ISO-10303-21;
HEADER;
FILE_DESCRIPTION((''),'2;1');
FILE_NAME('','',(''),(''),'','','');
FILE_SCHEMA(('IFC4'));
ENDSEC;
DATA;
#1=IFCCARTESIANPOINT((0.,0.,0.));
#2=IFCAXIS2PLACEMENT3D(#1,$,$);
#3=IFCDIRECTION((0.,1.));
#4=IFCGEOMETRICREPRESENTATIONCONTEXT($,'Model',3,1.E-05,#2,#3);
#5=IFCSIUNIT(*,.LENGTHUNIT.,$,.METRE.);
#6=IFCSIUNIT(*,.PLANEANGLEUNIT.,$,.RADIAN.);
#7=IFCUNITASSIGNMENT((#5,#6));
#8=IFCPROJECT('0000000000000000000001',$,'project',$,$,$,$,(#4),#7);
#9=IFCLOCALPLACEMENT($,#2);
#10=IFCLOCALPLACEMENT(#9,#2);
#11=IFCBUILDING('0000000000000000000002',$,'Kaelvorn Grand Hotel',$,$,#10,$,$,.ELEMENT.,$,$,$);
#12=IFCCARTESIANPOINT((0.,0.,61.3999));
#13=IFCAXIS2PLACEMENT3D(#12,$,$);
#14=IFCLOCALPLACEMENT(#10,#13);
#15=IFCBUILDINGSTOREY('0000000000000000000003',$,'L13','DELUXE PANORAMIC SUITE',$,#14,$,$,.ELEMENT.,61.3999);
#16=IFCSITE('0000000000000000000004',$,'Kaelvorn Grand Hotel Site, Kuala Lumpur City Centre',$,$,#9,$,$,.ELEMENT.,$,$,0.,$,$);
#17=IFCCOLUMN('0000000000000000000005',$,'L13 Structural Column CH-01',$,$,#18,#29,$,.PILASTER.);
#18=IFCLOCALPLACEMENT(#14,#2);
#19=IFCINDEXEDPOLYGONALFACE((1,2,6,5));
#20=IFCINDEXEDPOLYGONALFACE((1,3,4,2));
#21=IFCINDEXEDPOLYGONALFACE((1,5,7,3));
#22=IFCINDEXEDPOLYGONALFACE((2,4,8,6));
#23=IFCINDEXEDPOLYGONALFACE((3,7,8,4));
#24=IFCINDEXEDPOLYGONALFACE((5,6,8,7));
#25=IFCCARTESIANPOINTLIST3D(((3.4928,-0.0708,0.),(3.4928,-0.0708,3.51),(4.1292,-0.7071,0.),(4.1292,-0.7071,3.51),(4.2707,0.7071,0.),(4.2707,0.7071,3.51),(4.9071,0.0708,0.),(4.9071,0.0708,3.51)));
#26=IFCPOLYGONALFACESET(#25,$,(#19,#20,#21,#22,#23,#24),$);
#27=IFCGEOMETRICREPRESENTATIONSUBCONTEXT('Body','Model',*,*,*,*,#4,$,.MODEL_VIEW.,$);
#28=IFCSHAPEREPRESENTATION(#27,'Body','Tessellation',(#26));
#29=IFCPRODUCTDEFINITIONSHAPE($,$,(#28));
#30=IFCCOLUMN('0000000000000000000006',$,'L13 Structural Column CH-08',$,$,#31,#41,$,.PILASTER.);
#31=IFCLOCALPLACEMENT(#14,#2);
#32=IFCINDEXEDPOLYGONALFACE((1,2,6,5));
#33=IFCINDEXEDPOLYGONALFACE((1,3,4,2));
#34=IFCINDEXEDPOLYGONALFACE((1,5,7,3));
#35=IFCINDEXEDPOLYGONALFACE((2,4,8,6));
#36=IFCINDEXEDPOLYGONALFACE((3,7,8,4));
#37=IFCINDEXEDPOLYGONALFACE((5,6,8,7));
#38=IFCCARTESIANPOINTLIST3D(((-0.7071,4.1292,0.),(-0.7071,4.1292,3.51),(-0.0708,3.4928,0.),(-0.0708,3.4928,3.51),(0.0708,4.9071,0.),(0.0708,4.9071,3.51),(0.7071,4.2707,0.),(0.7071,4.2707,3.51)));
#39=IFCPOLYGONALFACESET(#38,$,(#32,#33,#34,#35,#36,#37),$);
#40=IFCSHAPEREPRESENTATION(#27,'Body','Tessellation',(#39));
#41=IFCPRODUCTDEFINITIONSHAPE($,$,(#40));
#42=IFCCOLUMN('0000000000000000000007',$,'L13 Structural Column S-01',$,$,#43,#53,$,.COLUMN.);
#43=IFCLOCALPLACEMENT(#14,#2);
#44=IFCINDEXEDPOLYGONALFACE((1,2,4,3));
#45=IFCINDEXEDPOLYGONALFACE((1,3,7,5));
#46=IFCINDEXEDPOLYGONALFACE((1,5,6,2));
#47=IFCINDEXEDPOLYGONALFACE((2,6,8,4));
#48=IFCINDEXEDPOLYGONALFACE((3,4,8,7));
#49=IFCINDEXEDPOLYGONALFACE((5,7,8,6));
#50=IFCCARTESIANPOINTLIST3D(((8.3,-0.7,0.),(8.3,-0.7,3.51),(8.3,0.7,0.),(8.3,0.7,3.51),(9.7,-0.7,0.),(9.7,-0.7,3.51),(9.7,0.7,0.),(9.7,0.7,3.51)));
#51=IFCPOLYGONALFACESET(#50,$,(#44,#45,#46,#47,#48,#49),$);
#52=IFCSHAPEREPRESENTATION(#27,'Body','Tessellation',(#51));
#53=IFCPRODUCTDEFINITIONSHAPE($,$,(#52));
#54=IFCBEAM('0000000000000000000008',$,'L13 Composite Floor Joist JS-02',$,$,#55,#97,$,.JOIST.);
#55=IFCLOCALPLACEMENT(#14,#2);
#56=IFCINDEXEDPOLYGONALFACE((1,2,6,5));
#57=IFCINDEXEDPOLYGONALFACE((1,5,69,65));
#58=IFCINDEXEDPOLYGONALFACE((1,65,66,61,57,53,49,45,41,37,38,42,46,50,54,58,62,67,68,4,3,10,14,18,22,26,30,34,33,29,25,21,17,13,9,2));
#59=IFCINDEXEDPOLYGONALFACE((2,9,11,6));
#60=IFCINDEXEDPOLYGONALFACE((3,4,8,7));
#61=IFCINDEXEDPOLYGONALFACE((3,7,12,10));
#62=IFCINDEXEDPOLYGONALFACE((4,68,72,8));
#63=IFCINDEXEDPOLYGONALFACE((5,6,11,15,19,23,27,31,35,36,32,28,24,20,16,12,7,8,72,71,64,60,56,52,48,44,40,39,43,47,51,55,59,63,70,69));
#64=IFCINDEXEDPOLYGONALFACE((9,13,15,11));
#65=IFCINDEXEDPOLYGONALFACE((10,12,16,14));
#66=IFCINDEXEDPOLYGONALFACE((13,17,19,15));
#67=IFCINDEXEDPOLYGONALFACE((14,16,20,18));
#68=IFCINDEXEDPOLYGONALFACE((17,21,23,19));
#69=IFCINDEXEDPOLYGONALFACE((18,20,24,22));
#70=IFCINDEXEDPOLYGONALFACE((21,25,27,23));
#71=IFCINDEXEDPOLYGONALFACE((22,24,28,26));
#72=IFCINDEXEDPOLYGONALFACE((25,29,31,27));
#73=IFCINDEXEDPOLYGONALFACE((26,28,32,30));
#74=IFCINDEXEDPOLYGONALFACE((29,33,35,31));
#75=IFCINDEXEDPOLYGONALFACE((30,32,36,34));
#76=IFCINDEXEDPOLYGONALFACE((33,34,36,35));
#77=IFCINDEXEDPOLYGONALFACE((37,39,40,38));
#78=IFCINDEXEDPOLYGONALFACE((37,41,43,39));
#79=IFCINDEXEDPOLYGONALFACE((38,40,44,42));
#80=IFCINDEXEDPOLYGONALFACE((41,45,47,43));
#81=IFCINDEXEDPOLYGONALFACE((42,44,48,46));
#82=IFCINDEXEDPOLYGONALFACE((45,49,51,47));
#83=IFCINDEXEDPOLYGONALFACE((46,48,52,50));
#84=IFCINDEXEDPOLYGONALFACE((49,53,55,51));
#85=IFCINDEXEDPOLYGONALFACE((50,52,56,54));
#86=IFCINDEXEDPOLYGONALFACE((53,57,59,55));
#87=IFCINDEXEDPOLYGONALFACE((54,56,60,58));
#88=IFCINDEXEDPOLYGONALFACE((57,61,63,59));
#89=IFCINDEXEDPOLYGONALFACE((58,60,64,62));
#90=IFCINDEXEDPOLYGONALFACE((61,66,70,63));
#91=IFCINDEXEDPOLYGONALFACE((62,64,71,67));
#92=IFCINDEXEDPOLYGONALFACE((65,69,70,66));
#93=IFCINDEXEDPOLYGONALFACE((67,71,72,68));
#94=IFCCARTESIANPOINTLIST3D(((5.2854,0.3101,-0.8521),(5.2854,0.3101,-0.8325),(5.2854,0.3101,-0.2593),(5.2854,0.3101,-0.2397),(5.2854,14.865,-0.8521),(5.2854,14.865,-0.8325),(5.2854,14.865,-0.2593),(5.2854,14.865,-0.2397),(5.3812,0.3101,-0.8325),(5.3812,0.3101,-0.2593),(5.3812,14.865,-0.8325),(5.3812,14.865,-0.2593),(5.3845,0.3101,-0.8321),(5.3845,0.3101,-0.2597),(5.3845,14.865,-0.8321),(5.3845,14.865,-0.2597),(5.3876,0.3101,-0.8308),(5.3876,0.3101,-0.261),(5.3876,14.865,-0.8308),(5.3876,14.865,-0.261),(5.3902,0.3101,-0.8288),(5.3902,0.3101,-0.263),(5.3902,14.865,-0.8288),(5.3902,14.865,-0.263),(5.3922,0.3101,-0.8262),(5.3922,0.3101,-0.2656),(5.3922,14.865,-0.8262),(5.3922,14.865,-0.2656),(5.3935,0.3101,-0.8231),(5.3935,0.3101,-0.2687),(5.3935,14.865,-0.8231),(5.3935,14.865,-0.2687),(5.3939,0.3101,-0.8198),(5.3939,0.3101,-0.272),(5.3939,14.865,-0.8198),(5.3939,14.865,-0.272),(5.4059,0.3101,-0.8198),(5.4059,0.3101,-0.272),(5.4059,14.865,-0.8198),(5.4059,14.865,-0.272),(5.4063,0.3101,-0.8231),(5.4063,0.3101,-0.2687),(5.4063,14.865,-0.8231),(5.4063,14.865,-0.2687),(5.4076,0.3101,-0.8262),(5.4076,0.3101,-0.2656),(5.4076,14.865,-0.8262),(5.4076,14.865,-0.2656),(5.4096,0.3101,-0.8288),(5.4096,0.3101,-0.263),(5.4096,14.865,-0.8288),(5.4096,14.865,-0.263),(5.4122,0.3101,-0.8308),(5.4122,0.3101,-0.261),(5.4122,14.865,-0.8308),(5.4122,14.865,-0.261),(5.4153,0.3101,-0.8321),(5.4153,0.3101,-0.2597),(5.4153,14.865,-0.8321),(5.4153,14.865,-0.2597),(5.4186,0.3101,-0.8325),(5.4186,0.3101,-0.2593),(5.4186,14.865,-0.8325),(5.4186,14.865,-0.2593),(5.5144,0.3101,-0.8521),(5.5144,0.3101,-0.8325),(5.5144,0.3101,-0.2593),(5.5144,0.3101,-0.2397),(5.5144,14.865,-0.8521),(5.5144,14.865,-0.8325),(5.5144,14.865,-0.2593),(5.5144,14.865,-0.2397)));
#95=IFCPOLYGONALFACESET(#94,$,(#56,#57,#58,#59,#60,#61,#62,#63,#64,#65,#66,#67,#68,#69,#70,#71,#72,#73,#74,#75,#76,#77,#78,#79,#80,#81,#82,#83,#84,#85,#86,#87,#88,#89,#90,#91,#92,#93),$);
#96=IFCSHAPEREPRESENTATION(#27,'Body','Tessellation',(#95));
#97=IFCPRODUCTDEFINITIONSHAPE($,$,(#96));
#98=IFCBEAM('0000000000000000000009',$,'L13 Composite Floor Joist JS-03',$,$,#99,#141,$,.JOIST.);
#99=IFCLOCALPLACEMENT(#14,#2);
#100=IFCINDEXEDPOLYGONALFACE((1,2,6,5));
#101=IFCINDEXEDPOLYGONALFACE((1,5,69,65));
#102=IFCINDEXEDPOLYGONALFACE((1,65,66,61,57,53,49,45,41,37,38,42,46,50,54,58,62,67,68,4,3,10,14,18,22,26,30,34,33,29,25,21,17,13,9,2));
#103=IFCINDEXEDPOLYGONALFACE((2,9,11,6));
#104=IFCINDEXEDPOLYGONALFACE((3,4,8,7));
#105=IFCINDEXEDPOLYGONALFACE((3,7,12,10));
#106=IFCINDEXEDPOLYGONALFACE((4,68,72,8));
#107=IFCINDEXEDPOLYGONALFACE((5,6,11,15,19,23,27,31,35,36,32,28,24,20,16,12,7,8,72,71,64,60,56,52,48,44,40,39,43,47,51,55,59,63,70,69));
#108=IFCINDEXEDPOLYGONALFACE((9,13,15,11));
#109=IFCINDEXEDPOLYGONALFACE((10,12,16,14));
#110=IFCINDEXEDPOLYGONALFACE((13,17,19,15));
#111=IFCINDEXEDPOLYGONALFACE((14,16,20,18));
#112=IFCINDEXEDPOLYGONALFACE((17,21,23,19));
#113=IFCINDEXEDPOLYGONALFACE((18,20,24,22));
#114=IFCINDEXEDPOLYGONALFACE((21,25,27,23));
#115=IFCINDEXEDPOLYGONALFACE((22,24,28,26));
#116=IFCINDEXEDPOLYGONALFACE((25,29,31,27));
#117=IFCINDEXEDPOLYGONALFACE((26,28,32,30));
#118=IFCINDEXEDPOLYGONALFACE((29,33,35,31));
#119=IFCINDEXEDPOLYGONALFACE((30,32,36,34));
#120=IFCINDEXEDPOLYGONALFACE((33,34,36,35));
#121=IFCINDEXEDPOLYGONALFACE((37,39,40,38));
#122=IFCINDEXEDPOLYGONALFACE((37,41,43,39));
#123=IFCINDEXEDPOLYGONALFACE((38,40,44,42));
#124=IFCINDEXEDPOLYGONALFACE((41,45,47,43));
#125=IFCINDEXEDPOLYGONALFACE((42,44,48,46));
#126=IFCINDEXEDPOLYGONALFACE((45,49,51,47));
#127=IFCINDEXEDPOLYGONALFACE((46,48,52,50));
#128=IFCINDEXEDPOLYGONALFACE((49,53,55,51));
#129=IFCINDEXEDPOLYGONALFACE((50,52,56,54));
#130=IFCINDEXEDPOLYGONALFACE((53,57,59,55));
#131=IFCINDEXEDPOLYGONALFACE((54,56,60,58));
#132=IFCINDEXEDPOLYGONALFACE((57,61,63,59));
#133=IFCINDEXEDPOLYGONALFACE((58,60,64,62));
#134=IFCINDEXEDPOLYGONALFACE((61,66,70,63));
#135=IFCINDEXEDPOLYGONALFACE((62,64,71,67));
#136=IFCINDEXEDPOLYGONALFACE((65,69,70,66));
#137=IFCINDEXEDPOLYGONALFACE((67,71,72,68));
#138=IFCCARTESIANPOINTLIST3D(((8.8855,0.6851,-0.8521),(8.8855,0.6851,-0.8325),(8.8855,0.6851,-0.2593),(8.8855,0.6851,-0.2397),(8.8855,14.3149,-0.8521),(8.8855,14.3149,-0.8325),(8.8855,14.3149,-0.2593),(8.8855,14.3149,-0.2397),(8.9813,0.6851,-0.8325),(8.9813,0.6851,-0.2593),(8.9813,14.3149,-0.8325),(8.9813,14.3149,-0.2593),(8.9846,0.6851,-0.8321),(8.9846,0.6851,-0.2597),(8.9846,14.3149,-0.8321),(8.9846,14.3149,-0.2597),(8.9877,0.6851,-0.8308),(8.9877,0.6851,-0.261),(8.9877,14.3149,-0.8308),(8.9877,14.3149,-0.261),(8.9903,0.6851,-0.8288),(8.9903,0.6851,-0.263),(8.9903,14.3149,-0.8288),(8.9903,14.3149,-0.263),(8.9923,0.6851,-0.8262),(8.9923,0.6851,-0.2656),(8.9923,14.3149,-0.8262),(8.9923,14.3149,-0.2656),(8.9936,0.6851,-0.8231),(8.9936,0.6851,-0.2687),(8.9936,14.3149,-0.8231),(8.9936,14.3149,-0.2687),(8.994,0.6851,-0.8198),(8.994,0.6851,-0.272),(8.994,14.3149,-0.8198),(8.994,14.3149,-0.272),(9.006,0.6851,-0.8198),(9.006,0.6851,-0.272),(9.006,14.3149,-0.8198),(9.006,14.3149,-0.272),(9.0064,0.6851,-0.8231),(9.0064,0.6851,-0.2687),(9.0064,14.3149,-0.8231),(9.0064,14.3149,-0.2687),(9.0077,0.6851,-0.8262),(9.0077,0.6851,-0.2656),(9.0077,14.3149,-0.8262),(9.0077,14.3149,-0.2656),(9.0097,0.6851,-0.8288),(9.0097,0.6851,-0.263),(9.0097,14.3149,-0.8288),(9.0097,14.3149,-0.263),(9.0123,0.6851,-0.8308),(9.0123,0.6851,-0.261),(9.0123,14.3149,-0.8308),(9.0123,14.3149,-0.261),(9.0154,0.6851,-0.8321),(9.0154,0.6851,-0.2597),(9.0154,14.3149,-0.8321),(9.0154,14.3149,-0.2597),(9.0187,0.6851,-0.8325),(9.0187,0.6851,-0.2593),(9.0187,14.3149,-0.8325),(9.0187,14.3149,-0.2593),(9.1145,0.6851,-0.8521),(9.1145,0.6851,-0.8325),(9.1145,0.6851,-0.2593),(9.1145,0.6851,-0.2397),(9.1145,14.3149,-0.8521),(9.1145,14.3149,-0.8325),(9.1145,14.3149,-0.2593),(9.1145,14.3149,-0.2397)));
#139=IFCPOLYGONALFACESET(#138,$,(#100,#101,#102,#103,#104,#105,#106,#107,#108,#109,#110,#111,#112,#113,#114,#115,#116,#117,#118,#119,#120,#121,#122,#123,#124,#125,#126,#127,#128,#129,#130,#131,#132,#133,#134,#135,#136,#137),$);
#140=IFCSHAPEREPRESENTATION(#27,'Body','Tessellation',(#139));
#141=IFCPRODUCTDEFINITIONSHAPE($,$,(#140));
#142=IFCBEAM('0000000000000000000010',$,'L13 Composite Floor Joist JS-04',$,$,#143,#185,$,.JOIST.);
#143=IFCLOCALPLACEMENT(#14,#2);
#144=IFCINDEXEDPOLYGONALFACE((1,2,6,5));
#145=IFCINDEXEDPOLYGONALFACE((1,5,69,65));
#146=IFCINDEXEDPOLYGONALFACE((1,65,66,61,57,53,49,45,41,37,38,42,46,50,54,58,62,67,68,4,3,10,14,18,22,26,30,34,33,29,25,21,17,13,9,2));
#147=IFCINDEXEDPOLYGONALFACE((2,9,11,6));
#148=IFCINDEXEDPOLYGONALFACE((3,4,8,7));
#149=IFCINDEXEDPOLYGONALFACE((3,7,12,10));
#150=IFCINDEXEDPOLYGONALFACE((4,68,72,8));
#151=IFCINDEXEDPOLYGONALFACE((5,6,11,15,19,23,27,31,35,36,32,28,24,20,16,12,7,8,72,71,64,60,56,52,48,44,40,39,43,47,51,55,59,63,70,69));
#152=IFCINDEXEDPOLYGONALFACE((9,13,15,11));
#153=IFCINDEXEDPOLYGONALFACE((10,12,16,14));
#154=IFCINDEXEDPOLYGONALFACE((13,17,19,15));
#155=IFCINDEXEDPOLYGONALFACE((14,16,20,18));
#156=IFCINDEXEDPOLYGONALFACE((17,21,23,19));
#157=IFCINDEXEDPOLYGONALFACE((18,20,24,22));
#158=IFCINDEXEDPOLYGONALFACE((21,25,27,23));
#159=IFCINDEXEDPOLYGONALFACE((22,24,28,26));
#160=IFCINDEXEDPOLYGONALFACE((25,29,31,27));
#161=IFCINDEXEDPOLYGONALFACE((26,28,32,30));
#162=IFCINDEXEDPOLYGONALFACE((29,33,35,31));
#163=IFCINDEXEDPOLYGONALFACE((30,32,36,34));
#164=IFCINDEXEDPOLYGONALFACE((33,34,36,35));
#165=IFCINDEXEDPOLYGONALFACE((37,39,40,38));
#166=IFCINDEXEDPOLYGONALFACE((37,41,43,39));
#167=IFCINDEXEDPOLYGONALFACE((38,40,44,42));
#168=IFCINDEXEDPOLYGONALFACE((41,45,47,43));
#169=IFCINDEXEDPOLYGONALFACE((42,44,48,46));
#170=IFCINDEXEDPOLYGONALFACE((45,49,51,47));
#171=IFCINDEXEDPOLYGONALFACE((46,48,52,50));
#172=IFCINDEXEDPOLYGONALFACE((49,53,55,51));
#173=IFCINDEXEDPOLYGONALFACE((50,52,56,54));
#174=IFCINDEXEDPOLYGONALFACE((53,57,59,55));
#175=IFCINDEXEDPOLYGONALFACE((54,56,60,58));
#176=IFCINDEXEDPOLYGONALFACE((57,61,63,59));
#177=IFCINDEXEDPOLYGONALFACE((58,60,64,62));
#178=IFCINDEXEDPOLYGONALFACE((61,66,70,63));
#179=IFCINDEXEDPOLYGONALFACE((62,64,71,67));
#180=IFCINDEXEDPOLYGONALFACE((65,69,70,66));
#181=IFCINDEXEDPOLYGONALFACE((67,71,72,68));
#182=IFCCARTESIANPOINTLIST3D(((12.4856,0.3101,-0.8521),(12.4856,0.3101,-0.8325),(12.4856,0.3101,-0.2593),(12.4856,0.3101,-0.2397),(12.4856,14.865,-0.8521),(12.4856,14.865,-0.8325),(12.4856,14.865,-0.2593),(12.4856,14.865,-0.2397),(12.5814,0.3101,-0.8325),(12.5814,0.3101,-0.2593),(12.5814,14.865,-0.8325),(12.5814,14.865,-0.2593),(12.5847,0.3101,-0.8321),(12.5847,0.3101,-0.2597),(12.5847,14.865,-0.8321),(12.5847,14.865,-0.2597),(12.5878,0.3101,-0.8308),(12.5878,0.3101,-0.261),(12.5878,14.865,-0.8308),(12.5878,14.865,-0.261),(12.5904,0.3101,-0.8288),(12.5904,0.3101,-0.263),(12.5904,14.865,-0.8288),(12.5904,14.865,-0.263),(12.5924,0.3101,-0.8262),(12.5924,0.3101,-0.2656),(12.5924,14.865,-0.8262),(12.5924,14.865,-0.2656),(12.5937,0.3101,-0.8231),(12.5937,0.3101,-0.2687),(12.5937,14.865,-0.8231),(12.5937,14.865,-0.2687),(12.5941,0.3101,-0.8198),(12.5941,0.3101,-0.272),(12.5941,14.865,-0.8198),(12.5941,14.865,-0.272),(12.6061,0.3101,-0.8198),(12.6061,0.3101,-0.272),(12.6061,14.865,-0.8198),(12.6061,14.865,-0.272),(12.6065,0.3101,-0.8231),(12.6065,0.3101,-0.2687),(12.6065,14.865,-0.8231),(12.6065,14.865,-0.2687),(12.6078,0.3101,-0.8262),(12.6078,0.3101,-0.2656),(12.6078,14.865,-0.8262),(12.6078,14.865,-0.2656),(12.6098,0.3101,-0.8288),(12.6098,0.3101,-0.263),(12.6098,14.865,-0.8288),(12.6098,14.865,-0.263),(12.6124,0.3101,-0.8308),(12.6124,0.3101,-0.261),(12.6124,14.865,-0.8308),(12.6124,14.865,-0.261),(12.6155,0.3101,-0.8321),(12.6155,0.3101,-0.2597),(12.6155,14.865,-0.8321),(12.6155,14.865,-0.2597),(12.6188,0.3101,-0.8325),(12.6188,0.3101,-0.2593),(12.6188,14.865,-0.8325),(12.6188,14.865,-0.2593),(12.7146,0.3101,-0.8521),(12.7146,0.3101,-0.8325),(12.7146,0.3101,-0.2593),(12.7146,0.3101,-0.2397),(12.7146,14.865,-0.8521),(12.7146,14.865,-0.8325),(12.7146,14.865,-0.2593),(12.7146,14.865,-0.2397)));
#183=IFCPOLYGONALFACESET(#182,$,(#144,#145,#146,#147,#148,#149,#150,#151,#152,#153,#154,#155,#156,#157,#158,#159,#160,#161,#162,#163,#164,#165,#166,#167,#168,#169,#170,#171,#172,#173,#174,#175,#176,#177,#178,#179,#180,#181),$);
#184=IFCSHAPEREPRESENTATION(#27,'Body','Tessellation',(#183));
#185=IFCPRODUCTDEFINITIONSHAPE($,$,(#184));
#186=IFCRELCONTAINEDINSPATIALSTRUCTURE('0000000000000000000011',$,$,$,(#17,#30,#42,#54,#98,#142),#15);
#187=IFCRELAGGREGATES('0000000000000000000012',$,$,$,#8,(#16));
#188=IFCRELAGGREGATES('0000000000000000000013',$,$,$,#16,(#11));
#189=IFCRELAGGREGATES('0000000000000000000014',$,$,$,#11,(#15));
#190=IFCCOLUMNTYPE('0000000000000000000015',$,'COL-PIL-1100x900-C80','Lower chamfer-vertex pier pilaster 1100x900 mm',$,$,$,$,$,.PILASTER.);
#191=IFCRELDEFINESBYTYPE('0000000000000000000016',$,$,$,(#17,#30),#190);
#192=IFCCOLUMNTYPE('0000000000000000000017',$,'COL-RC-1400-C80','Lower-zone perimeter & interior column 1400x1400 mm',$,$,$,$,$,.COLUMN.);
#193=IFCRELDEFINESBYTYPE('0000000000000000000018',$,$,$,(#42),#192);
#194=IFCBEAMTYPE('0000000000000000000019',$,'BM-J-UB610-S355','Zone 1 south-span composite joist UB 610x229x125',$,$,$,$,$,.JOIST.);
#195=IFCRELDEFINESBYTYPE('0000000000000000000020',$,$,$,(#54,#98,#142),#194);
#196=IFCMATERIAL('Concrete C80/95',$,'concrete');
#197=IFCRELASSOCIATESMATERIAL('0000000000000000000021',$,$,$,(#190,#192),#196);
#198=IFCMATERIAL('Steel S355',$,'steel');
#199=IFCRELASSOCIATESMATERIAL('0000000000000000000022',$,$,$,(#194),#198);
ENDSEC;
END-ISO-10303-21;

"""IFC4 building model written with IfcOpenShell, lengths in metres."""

from ifc_helpers import new_model, si_unit, direction, frame, origin, origin_2d, place, context, subcontext, project, spatial, rectangle, i_section, extrude, material, material_profile, profile_set, type_object, element, save


model = new_model("IFC4")

# Units and contexts
model_context = context("Model", 3, precision=1e-05, world=origin(), true_north=direction((0.0, 1.0)))
body_context = subcontext(model_context, "Body", "Model", "MODEL_VIEW")
ifc_project = project(units=[si_unit("LENGTHUNIT", "METRE"), si_unit("PLANEANGLEUNIT", "RADIAN")], contexts=[model_context])

# Site, building, storey
site_placement = place(None, origin())
site = spatial("IfcSite", under=ifc_project, at=site_placement, Name="Kaelvorn Grand Hotel Site, Kuala Lumpur City Centre", CompositionType="ELEMENT", RefElevation=0.0)
building_placement = place(site_placement, origin())
building = spatial("IfcBuilding", under=site, at=building_placement, Name="Kaelvorn Grand Hotel", CompositionType="ELEMENT")
storey_placement = place(building_placement, frame((0.0, 0.0, 61.3999)))
storey = spatial("IfcBuildingStorey", under=building, at=storey_placement, Name="L13", Description="DELUXE PANORAMIC SUITE", CompositionType="ELEMENT", Elevation=61.3999)

# Columns
ifc_material_1 = material(Name="Concrete C80/95", Category="concrete")
ifc_material_profile_1 = material_profile(ifc_material_1, rectangle(XDim=1.1001, YDim=0.8999, at=origin_2d()), Name="RC PILASTER 1100x900")
ifc_profile_set_1 = profile_set([ifc_material_profile_1], Name="Concrete C80/95")
column_type_1 = type_object("IfcColumnType", Name="COL-PIL-1100x900-C80", Description="Lower chamfer-vertex pier pilaster 1100x900 mm", PredefinedType="PILASTER", material=ifc_profile_set_1)
for number, where, z_axis, x_axis, name in (
    (1, (4.2, 0.0, 0.0), (0.0, 0.0, 1.0), (0.707107, 0.707107, 0.0), "L13 Structural Column CH-01"),
    (2, (0.0, 4.2, 0.0), (0.0, 0.0, 1.0), (0.707107, 0.707107, 0.0), "L13 Structural Column CH-08"),
):
    element("IfcColumn", number, at=place(storey_placement, frame(where, z_axis=z_axis, x_axis=x_axis)), inside=storey, type_object=column_type_1, Name=name, PredefinedType="PILASTER", context=body_context, shape_type="SweptSolid", body=[
        extrude(rectangle(XDim=1.1001, YDim=0.8999, at=origin_2d()), origin(), (0.0, 0.0, 1.0), 3.51),
    ])
ifc_material_profile_2 = material_profile(ifc_material_1, rectangle(XDim=1.3999, YDim=1.3999, at=origin_2d()), Name="RC COL 1400x1400")
ifc_profile_set_2 = profile_set([ifc_material_profile_2], Name="Concrete C80/95")
column_type_2 = type_object("IfcColumnType", Name="COL-RC-1400-C80", Description="Lower-zone perimeter & interior column 1400x1400 mm", PredefinedType="COLUMN", material=ifc_profile_set_2)
column_placement = place(storey_placement, frame((9.0, 0.0, 0.0), z_axis=(0.0, 0.0, 1.0), x_axis=(1.0, 0.0, 0.0)))
element("IfcColumn", 3, at=column_placement, inside=storey, type_object=column_type_2, Name="L13 Structural Column S-01", PredefinedType="COLUMN", context=body_context, shape_type="SweptSolid", body=[
    extrude(rectangle(XDim=1.3999, YDim=1.3999, at=origin_2d()), origin(), (0.0, 0.0, 1.0), 3.51),
])

# Beams
ifc_material_2 = material(Name="Steel S355", Category="steel")
ifc_material_profile_3 = material_profile(ifc_material_2, i_section(OverallWidth=0.229, OverallDepth=0.6123, WebThickness=0.012, FlangeThickness=0.0195, FilletRadius=0.0127, at=origin_2d()), Name="UB 610x229x125")
ifc_profile_set_3 = profile_set([ifc_material_profile_3], Name="Steel S355")
beam_type_1 = type_object("IfcBeamType", Name="BM-J-UB610-S355", Description="Zone 1 south-span composite joist UB 610x229x125", PredefinedType="JOIST", material=ifc_profile_set_3)
beam_1_placement = place(storey_placement, frame((5.3999, 0.3101, -0.5459), z_axis=(0.0, 1.0, 0.0), x_axis=(-1.0, 0.0, 0.0)))
element("IfcBeam", 4, at=beam_1_placement, inside=storey, type_object=beam_type_1, Name="L13 Composite Floor Joist JS-02", PredefinedType="JOIST", context=body_context, shape_type="SweptSolid", body=[
    extrude(i_section(OverallWidth=0.229, OverallDepth=0.6123, WebThickness=0.012, FlangeThickness=0.0195, FilletRadius=0.0127, at=origin_2d()), origin(), (0.0, 0.0, 1.0), 14.5549),
])
beam_2_placement = place(storey_placement, frame((9.0, 0.6851, -0.5459), z_axis=(0.0, 1.0, 0.0), x_axis=(-1.0, 0.0, 0.0)))
element("IfcBeam", 5, at=beam_2_placement, inside=storey, type_object=beam_type_1, Name="L13 Composite Floor Joist JS-03", PredefinedType="JOIST", context=body_context, shape_type="SweptSolid", body=[
    extrude(i_section(OverallWidth=0.229, OverallDepth=0.6123, WebThickness=0.012, FlangeThickness=0.0195, FilletRadius=0.0127, at=origin_2d()), origin(), (0.0, 0.0, 1.0), 13.6299),
])
beam_3_placement = place(storey_placement, frame((12.6001, 0.3101, -0.5459), z_axis=(0.0, 1.0, 0.0), x_axis=(-1.0, 0.0, 0.0)))
element("IfcBeam", 6, at=beam_3_placement, inside=storey, type_object=beam_type_1, Name="L13 Composite Floor Joist JS-04", PredefinedType="JOIST", context=body_context, shape_type="SweptSolid", body=[
    extrude(i_section(OverallWidth=0.229, OverallDepth=0.6123, WebThickness=0.012, FlangeThickness=0.0195, FilletRadius=0.0127, at=origin_2d()), origin(), (0.0, 0.0, 1.0), 14.5549),
])

save(model, "model.ifc")
